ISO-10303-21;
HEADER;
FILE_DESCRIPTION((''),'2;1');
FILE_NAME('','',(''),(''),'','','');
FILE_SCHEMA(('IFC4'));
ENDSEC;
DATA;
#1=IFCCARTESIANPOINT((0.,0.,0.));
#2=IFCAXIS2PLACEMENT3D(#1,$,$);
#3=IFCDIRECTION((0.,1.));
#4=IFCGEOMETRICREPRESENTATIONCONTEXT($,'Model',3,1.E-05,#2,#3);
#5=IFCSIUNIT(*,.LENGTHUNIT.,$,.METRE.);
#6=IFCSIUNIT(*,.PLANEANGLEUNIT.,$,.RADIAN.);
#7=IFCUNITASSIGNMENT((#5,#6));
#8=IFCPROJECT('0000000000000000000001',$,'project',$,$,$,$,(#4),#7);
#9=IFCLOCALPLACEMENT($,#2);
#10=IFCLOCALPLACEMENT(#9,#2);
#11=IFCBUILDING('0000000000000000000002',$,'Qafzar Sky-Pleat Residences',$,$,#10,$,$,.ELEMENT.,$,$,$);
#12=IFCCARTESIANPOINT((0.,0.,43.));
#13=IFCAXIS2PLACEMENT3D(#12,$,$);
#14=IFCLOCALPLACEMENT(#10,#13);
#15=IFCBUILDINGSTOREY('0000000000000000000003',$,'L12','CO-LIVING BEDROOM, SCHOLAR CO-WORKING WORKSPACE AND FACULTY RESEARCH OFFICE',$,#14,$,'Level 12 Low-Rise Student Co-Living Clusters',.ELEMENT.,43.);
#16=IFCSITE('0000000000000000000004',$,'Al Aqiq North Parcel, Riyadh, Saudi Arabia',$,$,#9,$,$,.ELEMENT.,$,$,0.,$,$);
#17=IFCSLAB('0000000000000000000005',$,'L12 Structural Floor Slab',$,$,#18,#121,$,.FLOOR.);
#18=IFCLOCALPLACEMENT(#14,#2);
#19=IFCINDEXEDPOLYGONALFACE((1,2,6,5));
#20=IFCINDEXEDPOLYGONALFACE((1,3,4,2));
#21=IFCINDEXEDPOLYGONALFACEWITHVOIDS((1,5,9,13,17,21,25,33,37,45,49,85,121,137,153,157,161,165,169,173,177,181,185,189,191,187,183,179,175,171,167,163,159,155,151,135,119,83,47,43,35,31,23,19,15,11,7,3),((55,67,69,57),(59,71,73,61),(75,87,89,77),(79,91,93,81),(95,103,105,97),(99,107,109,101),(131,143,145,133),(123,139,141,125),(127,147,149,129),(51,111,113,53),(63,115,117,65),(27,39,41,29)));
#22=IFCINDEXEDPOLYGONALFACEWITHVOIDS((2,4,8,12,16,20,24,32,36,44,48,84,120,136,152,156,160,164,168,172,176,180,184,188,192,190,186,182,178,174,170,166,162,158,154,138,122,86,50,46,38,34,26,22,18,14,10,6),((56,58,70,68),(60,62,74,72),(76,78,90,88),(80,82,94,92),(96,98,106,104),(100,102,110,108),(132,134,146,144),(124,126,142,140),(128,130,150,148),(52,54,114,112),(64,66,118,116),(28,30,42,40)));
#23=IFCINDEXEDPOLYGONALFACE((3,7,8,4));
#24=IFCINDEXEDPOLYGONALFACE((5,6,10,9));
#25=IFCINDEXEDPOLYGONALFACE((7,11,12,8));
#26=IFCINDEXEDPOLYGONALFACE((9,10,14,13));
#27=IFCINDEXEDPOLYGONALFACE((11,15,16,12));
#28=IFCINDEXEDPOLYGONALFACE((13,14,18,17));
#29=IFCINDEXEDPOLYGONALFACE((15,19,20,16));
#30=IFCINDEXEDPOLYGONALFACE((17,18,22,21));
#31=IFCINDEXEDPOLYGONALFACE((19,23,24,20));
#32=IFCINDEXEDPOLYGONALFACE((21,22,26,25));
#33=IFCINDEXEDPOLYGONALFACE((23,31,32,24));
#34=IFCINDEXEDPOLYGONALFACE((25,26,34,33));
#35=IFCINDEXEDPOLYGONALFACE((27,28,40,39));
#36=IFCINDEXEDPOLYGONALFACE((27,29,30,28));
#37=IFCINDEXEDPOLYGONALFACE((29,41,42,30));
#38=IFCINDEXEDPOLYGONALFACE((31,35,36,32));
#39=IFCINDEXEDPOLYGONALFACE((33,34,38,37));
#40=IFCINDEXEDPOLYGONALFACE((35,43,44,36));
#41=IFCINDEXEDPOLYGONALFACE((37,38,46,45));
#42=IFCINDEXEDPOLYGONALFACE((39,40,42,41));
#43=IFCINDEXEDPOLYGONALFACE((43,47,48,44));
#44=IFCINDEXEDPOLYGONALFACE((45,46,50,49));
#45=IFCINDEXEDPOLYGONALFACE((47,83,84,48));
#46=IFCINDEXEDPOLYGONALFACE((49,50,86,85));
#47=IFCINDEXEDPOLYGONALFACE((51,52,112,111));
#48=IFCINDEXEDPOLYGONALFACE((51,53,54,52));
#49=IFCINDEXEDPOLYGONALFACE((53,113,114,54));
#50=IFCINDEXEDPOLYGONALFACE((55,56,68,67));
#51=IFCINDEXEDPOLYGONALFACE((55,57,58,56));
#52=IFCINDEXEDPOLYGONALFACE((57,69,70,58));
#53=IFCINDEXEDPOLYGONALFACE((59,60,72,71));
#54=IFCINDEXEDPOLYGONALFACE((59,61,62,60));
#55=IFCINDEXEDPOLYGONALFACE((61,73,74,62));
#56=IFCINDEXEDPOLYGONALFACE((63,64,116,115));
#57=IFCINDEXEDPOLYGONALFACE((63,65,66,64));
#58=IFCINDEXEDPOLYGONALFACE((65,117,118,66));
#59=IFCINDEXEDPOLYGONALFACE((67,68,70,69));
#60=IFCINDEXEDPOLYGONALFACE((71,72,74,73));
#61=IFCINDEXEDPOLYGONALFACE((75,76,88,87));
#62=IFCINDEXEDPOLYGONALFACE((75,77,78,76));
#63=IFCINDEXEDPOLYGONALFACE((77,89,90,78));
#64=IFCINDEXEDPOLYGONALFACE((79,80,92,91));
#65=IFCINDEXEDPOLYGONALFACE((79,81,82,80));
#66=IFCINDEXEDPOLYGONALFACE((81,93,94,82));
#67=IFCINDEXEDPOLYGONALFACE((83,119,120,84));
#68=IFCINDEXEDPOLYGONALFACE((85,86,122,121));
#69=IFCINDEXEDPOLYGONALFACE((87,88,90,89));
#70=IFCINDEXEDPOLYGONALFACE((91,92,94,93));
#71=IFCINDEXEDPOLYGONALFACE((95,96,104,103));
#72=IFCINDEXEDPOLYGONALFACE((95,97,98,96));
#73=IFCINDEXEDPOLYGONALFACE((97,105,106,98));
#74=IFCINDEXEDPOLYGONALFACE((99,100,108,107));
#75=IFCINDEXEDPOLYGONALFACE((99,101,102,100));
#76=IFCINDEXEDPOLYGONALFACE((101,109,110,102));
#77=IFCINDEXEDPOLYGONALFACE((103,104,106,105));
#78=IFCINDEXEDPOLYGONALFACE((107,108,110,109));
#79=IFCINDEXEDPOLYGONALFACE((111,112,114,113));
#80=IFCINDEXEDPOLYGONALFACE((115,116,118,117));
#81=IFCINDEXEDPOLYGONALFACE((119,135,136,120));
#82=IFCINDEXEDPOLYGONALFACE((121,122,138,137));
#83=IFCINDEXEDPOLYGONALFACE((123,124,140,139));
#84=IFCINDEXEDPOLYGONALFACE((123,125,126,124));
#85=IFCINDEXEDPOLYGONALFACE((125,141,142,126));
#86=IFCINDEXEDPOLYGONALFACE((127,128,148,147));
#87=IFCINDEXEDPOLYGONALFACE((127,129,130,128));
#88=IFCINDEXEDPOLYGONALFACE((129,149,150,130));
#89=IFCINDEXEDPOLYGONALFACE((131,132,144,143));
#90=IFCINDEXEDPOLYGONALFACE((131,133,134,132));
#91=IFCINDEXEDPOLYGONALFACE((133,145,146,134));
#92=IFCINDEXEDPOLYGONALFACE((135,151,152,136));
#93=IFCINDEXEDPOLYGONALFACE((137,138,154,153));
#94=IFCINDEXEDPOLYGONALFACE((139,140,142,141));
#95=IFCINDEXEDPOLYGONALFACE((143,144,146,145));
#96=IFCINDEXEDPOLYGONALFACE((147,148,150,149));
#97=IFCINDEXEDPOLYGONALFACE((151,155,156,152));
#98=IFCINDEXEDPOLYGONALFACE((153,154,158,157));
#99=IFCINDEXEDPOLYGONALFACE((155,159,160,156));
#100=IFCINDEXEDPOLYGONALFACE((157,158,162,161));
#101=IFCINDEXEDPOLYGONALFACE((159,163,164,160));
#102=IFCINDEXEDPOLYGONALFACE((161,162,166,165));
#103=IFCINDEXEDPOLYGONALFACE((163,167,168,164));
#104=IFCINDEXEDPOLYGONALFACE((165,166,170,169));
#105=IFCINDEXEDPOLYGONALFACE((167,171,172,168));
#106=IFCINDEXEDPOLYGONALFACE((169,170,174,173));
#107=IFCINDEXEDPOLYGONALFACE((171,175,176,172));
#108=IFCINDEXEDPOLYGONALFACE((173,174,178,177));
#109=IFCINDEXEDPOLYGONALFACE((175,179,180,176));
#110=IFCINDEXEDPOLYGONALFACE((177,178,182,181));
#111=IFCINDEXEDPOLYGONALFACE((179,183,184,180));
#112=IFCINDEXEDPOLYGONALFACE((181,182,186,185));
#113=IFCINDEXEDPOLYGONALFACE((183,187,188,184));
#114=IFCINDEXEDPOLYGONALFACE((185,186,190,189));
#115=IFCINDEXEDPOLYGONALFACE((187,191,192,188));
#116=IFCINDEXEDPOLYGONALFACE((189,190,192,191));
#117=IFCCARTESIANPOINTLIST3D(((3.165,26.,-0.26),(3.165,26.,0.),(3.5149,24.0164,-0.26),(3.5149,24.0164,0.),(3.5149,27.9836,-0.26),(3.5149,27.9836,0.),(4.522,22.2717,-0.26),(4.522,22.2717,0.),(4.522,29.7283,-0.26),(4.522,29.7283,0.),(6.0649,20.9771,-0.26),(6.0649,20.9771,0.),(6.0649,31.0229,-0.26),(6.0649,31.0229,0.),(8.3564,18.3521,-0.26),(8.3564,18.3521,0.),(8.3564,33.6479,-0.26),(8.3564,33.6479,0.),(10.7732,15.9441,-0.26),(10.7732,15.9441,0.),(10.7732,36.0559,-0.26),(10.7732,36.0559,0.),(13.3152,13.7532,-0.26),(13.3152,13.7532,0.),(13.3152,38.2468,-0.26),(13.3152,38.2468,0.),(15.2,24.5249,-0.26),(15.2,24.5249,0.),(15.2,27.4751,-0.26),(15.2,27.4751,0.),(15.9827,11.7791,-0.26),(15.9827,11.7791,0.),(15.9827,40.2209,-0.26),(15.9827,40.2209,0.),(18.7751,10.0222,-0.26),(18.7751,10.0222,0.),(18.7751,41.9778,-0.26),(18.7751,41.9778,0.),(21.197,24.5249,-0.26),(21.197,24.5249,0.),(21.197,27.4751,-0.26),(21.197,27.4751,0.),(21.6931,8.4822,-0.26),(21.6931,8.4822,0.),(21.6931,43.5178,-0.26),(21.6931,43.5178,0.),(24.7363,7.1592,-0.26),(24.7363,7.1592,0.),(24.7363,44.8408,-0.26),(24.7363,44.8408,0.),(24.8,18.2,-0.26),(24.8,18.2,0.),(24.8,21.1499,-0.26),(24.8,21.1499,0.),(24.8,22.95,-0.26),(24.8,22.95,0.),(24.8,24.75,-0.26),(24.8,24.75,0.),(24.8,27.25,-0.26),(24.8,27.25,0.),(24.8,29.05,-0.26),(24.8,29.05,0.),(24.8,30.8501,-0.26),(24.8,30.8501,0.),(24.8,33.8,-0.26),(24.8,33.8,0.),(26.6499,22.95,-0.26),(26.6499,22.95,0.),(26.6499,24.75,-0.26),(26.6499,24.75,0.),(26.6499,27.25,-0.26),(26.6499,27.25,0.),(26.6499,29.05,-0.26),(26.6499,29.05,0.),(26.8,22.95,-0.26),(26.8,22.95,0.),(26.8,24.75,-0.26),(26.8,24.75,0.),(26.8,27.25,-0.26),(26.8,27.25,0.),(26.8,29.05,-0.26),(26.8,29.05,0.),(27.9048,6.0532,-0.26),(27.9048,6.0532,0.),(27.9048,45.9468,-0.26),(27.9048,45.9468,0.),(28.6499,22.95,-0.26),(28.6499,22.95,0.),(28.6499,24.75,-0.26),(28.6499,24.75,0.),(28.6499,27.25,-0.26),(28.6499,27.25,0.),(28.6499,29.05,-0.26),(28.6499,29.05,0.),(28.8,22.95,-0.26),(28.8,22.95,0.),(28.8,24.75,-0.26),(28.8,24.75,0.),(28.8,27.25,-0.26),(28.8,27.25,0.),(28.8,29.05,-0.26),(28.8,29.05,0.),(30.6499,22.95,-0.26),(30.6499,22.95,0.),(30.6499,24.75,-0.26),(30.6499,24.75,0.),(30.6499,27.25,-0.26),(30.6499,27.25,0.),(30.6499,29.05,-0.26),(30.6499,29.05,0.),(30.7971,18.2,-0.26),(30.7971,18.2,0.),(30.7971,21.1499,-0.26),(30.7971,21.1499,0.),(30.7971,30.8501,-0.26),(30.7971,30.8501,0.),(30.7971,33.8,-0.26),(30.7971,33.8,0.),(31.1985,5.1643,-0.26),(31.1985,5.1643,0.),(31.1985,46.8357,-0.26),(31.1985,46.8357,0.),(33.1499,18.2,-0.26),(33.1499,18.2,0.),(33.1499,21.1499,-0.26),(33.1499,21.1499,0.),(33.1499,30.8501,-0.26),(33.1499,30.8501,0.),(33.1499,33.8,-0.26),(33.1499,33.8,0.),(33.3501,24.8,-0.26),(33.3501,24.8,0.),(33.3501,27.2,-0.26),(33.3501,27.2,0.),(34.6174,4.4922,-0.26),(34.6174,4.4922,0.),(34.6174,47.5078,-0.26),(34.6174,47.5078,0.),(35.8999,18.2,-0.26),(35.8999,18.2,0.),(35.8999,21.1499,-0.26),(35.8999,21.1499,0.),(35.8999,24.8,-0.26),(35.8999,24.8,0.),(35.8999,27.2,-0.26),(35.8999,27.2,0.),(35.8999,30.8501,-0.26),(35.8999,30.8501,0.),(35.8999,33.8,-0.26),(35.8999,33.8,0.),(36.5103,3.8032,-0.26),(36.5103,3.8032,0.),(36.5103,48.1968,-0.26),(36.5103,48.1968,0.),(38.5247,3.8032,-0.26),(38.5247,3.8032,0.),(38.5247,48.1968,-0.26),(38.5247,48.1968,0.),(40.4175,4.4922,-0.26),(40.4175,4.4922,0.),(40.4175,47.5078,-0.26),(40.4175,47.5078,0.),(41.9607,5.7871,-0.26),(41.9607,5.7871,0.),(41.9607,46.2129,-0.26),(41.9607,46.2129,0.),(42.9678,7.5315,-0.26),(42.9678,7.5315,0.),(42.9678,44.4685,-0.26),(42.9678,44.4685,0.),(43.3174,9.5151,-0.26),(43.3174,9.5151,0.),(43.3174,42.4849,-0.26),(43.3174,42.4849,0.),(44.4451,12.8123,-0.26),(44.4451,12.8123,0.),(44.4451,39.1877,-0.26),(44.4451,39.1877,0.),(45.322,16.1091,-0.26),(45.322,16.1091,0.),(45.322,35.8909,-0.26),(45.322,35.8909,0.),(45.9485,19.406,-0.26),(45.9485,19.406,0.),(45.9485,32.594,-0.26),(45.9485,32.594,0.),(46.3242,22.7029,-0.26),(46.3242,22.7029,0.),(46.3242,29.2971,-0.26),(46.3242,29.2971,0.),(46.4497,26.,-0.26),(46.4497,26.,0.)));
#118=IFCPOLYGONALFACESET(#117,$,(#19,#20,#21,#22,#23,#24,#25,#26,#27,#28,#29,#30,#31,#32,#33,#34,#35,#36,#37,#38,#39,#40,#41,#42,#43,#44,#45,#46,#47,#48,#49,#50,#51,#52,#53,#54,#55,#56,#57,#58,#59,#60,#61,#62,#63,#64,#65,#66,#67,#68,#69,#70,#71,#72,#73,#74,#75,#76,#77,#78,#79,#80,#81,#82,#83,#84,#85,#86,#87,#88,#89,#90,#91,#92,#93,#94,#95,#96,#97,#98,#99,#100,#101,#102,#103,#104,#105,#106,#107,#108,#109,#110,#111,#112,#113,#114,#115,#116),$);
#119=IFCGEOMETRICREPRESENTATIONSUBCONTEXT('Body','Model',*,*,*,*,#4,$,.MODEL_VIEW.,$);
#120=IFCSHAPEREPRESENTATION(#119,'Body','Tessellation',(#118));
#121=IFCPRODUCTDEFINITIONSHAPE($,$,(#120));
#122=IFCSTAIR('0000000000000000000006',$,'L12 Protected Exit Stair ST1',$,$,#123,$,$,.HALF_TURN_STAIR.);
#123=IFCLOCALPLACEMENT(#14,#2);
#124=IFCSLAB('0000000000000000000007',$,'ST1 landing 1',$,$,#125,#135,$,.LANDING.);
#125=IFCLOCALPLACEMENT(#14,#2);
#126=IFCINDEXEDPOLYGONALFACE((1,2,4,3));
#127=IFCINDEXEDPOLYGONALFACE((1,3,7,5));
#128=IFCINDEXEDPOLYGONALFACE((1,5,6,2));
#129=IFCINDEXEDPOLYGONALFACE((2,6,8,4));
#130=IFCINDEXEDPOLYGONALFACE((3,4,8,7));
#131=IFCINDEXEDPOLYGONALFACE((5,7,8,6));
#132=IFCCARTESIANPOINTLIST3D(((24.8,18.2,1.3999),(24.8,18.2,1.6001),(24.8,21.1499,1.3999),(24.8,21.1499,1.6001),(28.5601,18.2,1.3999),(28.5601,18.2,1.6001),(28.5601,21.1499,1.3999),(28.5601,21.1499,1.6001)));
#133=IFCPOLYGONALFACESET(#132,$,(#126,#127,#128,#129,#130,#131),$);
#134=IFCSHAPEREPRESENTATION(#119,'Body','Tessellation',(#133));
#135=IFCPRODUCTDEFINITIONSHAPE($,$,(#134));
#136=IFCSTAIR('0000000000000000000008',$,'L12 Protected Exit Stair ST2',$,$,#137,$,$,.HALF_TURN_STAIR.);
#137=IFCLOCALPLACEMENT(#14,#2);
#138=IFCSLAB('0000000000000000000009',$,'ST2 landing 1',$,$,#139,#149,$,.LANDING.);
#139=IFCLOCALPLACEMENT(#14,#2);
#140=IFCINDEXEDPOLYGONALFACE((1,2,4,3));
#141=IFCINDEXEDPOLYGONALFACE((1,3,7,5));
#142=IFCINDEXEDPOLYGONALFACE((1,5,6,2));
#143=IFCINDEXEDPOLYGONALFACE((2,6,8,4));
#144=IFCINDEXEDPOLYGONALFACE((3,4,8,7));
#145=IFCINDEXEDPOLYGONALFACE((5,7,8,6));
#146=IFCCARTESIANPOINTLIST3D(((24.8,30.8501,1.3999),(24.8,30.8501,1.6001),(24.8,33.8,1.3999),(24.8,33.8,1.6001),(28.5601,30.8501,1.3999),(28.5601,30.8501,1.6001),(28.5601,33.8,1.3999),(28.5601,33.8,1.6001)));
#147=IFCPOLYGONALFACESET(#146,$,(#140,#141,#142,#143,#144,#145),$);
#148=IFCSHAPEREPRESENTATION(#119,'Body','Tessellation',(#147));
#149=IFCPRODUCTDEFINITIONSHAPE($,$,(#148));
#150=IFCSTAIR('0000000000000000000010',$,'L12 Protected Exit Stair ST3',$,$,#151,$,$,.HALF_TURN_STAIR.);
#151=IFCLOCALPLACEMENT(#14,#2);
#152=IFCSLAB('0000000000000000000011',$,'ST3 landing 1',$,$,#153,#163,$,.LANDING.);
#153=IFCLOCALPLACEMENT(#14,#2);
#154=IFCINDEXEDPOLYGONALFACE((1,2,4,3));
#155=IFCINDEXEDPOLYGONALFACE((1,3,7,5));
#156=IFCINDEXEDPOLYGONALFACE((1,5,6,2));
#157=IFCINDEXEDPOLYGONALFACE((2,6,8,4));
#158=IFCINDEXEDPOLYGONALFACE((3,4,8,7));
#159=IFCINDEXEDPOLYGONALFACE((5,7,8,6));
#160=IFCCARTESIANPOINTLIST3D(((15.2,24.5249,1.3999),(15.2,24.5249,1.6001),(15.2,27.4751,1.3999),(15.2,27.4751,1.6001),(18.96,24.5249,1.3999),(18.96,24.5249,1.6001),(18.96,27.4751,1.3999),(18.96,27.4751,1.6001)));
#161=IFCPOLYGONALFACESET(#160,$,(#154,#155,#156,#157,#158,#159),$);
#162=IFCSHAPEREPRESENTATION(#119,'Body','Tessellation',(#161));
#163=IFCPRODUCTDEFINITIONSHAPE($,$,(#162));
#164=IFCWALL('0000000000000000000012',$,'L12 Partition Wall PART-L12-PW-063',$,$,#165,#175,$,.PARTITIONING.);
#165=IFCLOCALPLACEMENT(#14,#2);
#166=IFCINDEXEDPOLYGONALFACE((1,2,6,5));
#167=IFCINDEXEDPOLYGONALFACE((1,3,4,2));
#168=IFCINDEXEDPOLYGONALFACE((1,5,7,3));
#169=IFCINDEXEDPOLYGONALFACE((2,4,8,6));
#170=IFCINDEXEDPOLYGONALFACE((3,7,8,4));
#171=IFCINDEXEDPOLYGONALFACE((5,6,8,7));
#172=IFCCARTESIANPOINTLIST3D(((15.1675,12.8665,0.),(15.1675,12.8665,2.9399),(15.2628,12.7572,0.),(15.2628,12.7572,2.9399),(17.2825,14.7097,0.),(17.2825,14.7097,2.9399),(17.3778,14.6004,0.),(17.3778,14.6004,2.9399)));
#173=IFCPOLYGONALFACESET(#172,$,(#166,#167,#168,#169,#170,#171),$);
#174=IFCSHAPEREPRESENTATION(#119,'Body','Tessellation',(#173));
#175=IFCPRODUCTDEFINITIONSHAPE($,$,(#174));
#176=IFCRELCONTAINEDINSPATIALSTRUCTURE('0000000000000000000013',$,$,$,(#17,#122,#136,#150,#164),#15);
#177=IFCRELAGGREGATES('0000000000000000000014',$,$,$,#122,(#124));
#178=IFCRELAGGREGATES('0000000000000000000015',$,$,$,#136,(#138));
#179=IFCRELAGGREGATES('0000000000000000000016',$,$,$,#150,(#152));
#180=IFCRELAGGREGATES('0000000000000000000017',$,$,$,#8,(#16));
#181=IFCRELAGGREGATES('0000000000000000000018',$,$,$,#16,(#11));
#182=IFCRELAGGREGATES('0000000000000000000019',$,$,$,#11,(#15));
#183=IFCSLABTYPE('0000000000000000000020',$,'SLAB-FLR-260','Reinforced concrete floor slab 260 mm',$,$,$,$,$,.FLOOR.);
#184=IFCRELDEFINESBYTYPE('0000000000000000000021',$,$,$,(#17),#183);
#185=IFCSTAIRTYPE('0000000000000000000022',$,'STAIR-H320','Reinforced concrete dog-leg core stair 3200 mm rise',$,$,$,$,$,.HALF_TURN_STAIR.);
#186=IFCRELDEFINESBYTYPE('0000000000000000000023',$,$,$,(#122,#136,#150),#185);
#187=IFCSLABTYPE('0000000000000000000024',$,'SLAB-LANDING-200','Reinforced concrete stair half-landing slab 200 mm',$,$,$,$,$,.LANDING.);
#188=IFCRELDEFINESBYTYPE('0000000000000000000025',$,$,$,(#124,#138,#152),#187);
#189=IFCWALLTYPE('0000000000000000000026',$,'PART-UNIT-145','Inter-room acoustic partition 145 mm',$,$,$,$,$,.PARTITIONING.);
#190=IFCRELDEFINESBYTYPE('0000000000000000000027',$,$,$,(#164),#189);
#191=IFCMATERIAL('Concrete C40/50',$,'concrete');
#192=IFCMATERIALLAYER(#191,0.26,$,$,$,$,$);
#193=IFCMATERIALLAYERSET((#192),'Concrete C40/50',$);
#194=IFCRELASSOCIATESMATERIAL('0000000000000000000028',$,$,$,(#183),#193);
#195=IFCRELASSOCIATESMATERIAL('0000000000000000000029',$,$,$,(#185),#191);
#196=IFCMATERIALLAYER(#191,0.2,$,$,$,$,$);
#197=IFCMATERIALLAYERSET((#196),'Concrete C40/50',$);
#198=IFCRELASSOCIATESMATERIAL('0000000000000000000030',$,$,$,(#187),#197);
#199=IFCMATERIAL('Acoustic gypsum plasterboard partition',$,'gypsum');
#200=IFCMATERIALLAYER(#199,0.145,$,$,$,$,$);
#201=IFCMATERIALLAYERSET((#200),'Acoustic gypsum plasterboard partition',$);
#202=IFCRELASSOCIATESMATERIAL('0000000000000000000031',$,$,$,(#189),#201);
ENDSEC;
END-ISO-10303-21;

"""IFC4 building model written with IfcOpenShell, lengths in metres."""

from ifc_helpers import new_model, si_unit, direction, frame, frame_2d, origin, place, context, subcontext, project, spatial, polyline, rectangle, outline, extrude, material, layer, layer_set, type_object, element, aggregate, save


model = new_model("IFC4")

# Units and contexts
model_context = context("Model", 3, precision=1e-05, world=origin(), true_north=direction((0.0, 1.0)))
body_context = subcontext(model_context, "Body", "Model", "MODEL_VIEW")
ifc_project = project(units=[si_unit("LENGTHUNIT", "METRE"), si_unit("PLANEANGLEUNIT", "RADIAN")], contexts=[model_context])

# Site, building, storey
site_placement = place(None, origin())
site = spatial("IfcSite", under=ifc_project, at=site_placement, Name="Al Aqiq North Parcel, Riyadh, Saudi Arabia", CompositionType="ELEMENT", RefElevation=0.0)
building_placement = place(site_placement, origin())
building = spatial("IfcBuilding", under=site, at=building_placement, Name="Qafzar Sky-Pleat Residences", CompositionType="ELEMENT")
storey_placement = place(building_placement, frame((0.0, 0.0, 43.0)))
storey = spatial("IfcBuildingStorey", under=building, at=storey_placement, Name="L12", Description="CO-LIVING BEDROOM, SCHOLAR CO-WORKING WORKSPACE AND FACULTY RESEARCH OFFICE", LongName="Level 12 Low-Rise Student Co-Living Clusters", CompositionType="ELEMENT", Elevation=43.0)

# Slab
ifc_material_1 = material(Name="Concrete C40/50", Category="concrete")
ifc_layer_1 = layer(ifc_material_1, 0.26)
ifc_layer_set_1 = layer_set([ifc_layer_1], Name="Concrete C40/50")
slab_type_1 = type_object("IfcSlabType", Name="SLAB-FLR-260", Description="Reinforced concrete floor slab 260 mm", PredefinedType="FLOOR", material=ifc_layer_set_1)
slab_1_placement = place(storey_placement, frame((0.0, 0.0, -0.26)))
element("IfcSlab", 1, at=slab_1_placement, inside=storey, type_object=slab_type_1, Name="L12 Structural Floor Slab", PredefinedType="FLOOR", context=body_context, shape_type="SweptSolid", body=[
    extrude(outline(polyline([(6.0649, 31.0229), (4.522, 29.7283), (3.5149, 27.9836), (3.165, 26.0), (3.5149, 24.0164), (4.522, 22.2717), (6.0649, 20.9771), (8.3564, 18.3521), (10.7732, 15.9441), (13.3152, 13.7532), (15.9827, 11.7791), (18.7751, 10.0222), (21.6931, 8.4822), (24.7363, 7.1592), (27.9048, 6.0532), (31.1985, 5.1643), (34.6174, 4.4922), (36.5103, 3.8032), (38.5247, 3.8032), (40.4175, 4.4922), (41.9607, 5.7871), (42.9678, 7.5315), (43.3174, 9.5151), (44.4451, 12.8123), (45.322, 16.1091), (45.9485, 19.406), (46.3242, 22.7029), (46.4497, 26.0), (46.3242, 29.2971), (45.9485, 32.594), (45.322, 35.8909), (44.4451, 39.1877), (43.3174, 42.4849), (42.9678, 44.4685), (41.9607, 46.2129), (40.4175, 47.5078), (38.5247, 48.1968), (36.5103, 48.1968), (34.6174, 47.5078), (31.1985, 46.8357), (27.9048, 45.9468), (24.7363, 44.8408), (21.6931, 43.5178), (18.7751, 41.9778), (15.9827, 40.2209), (13.3152, 38.2468), (10.7732, 36.0559), (8.3564, 33.6479), (6.0649, 31.0229)]), holes=[polyline([(30.7971, 21.1499), (24.8, 21.1499), (24.8, 18.2), (30.7971, 18.2), (30.7971, 21.1499)]), polyline([(30.7971, 33.8), (24.8, 33.8), (24.8, 30.8501), (30.7971, 30.8501), (30.7971, 33.8)]), polyline([(21.197, 27.4751), (15.2, 27.4751), (15.2, 24.5249), (21.197, 24.5249), (21.197, 27.4751)]), polyline([(24.8, 22.95), (26.6499, 22.95), (26.6499, 24.75), (24.8, 24.75), (24.8, 22.95)]), polyline([(26.8, 22.95), (28.6499, 22.95), (28.6499, 24.75), (26.8, 24.75), (26.8, 22.95)]), polyline([(28.8, 22.95), (30.6499, 22.95), (30.6499, 24.75), (28.8, 24.75), (28.8, 22.95)]), polyline([(24.8, 27.25), (26.6499, 27.25), (26.6499, 29.05), (24.8, 29.05), (24.8, 27.25)]), polyline([(26.8, 27.25), (28.6499, 27.25), (28.6499, 29.05), (26.8, 29.05), (26.8, 27.25)]), polyline([(28.8, 27.25), (30.6499, 27.25), (30.6499, 29.05), (28.8, 29.05), (28.8, 27.25)]), polyline([(33.1499, 18.2), (35.8999, 18.2), (35.8999, 21.1499), (33.1499, 21.1499), (33.1499, 18.2)]), polyline([(33.1499, 30.8501), (35.8999, 30.8501), (35.8999, 33.8), (33.1499, 33.8), (33.1499, 30.8501)]), polyline([(33.3501, 24.8), (35.8999, 24.8), (35.8999, 27.2), (33.3501, 27.2), (33.3501, 24.8)])]), origin(), (0.0, 0.0, 1.0), 0.26),
])

# Stairs, slabs
stair_type = type_object("IfcStairType", Name="STAIR-H320", Description="Reinforced concrete dog-leg core stair 3200 mm rise", PredefinedType="HALF_TURN_STAIR", material=ifc_material_1)
stair_1_placement = place(storey_placement, origin())
stair_1 = element("IfcStair", 2, at=stair_1_placement, inside=storey, type_object=stair_type, Name="L12 Protected Exit Stair ST1", PredefinedType="HALF_TURN_STAIR")
ifc_layer_2 = layer(ifc_material_1, 0.2)
ifc_layer_set_2 = layer_set([ifc_layer_2], Name="Concrete C40/50")
slab_type_2 = type_object("IfcSlabType", Name="SLAB-LANDING-200", Description="Reinforced concrete stair half-landing slab 200 mm", PredefinedType="LANDING", material=ifc_layer_set_2)
slab_2_placement = place(storey_placement, frame((0.0, 0.0, 1.3999)))
slab_2 = element("IfcSlab", 3, at=slab_2_placement, type_object=slab_type_2, Name="ST1 landing 1", PredefinedType="LANDING", context=body_context, shape_type="SweptSolid", body=[
    extrude(outline(polyline([(28.5601, 21.1499), (24.8, 21.1499), (24.8, 18.2), (28.5601, 18.2), (28.5601, 21.1499)])), origin(), (0.0, 0.0, 1.0), 0.2002),
])
aggregate(stair_1, [slab_2])
stair_2_placement = place(storey_placement, origin())
stair_2 = element("IfcStair", 4, at=stair_2_placement, inside=storey, type_object=stair_type, Name="L12 Protected Exit Stair ST2", PredefinedType="HALF_TURN_STAIR")
slab_3_placement = place(storey_placement, frame((0.0, 0.0, 1.3999)))
slab_3 = element("IfcSlab", 5, at=slab_3_placement, type_object=slab_type_2, Name="ST2 landing 1", PredefinedType="LANDING", context=body_context, shape_type="SweptSolid", body=[
    extrude(outline(polyline([(28.5601, 33.8), (24.8, 33.8), (24.8, 30.8501), (28.5601, 30.8501), (28.5601, 33.8)])), origin(), (0.0, 0.0, 1.0), 0.2002),
])
aggregate(stair_2, [slab_3])
stair_3_placement = place(storey_placement, origin())
stair_3 = element("IfcStair", 6, at=stair_3_placement, inside=storey, type_object=stair_type, Name="L12 Protected Exit Stair ST3", PredefinedType="HALF_TURN_STAIR")
slab_4_placement = place(storey_placement, frame((0.0, 0.0, 1.3999)))
slab_4 = element("IfcSlab", 7, at=slab_4_placement, type_object=slab_type_2, Name="ST3 landing 1", PredefinedType="LANDING", context=body_context, shape_type="SweptSolid", body=[
    extrude(outline(polyline([(18.96, 27.4751), (15.2, 27.4751), (15.2, 24.5249), (18.96, 24.5249), (18.96, 27.4751)])), origin(), (0.0, 0.0, 1.0), 0.2002),
])
aggregate(stair_3, [slab_4])

# Wall
ifc_material_2 = material(Name="Acoustic gypsum plasterboard partition", Category="gypsum")
ifc_layer_3 = layer(ifc_material_2, 0.145)
ifc_layer_set_3 = layer_set([ifc_layer_3], Name="Acoustic gypsum plasterboard partition")
wall_type_1 = type_object("IfcWallType", Name="PART-UNIT-145", Description="Inter-room acoustic partition 145 mm", PredefinedType="PARTITIONING", material=ifc_layer_set_3)
wall_1_placement = place(storey_placement, frame((15.2151, 12.8118, 0.0), z_axis=(0.0, 0.0, 1.0), x_axis=(0.753874, 0.657019, 0.0)))
element("IfcWall", 8, at=wall_1_placement, inside=storey, type_object=wall_type_1, Name="L12 Partition Wall PART-L12-PW-063", PredefinedType="PARTITIONING", context=body_context, shape_type="SweptSolid", body=[
    extrude(rectangle(XDim=2.8054, YDim=0.145, at=frame_2d((1.4028, 0.0))), origin(), (0.0, 0.0, 1.0), 2.9399),
])

save(model, "model.ifc")
